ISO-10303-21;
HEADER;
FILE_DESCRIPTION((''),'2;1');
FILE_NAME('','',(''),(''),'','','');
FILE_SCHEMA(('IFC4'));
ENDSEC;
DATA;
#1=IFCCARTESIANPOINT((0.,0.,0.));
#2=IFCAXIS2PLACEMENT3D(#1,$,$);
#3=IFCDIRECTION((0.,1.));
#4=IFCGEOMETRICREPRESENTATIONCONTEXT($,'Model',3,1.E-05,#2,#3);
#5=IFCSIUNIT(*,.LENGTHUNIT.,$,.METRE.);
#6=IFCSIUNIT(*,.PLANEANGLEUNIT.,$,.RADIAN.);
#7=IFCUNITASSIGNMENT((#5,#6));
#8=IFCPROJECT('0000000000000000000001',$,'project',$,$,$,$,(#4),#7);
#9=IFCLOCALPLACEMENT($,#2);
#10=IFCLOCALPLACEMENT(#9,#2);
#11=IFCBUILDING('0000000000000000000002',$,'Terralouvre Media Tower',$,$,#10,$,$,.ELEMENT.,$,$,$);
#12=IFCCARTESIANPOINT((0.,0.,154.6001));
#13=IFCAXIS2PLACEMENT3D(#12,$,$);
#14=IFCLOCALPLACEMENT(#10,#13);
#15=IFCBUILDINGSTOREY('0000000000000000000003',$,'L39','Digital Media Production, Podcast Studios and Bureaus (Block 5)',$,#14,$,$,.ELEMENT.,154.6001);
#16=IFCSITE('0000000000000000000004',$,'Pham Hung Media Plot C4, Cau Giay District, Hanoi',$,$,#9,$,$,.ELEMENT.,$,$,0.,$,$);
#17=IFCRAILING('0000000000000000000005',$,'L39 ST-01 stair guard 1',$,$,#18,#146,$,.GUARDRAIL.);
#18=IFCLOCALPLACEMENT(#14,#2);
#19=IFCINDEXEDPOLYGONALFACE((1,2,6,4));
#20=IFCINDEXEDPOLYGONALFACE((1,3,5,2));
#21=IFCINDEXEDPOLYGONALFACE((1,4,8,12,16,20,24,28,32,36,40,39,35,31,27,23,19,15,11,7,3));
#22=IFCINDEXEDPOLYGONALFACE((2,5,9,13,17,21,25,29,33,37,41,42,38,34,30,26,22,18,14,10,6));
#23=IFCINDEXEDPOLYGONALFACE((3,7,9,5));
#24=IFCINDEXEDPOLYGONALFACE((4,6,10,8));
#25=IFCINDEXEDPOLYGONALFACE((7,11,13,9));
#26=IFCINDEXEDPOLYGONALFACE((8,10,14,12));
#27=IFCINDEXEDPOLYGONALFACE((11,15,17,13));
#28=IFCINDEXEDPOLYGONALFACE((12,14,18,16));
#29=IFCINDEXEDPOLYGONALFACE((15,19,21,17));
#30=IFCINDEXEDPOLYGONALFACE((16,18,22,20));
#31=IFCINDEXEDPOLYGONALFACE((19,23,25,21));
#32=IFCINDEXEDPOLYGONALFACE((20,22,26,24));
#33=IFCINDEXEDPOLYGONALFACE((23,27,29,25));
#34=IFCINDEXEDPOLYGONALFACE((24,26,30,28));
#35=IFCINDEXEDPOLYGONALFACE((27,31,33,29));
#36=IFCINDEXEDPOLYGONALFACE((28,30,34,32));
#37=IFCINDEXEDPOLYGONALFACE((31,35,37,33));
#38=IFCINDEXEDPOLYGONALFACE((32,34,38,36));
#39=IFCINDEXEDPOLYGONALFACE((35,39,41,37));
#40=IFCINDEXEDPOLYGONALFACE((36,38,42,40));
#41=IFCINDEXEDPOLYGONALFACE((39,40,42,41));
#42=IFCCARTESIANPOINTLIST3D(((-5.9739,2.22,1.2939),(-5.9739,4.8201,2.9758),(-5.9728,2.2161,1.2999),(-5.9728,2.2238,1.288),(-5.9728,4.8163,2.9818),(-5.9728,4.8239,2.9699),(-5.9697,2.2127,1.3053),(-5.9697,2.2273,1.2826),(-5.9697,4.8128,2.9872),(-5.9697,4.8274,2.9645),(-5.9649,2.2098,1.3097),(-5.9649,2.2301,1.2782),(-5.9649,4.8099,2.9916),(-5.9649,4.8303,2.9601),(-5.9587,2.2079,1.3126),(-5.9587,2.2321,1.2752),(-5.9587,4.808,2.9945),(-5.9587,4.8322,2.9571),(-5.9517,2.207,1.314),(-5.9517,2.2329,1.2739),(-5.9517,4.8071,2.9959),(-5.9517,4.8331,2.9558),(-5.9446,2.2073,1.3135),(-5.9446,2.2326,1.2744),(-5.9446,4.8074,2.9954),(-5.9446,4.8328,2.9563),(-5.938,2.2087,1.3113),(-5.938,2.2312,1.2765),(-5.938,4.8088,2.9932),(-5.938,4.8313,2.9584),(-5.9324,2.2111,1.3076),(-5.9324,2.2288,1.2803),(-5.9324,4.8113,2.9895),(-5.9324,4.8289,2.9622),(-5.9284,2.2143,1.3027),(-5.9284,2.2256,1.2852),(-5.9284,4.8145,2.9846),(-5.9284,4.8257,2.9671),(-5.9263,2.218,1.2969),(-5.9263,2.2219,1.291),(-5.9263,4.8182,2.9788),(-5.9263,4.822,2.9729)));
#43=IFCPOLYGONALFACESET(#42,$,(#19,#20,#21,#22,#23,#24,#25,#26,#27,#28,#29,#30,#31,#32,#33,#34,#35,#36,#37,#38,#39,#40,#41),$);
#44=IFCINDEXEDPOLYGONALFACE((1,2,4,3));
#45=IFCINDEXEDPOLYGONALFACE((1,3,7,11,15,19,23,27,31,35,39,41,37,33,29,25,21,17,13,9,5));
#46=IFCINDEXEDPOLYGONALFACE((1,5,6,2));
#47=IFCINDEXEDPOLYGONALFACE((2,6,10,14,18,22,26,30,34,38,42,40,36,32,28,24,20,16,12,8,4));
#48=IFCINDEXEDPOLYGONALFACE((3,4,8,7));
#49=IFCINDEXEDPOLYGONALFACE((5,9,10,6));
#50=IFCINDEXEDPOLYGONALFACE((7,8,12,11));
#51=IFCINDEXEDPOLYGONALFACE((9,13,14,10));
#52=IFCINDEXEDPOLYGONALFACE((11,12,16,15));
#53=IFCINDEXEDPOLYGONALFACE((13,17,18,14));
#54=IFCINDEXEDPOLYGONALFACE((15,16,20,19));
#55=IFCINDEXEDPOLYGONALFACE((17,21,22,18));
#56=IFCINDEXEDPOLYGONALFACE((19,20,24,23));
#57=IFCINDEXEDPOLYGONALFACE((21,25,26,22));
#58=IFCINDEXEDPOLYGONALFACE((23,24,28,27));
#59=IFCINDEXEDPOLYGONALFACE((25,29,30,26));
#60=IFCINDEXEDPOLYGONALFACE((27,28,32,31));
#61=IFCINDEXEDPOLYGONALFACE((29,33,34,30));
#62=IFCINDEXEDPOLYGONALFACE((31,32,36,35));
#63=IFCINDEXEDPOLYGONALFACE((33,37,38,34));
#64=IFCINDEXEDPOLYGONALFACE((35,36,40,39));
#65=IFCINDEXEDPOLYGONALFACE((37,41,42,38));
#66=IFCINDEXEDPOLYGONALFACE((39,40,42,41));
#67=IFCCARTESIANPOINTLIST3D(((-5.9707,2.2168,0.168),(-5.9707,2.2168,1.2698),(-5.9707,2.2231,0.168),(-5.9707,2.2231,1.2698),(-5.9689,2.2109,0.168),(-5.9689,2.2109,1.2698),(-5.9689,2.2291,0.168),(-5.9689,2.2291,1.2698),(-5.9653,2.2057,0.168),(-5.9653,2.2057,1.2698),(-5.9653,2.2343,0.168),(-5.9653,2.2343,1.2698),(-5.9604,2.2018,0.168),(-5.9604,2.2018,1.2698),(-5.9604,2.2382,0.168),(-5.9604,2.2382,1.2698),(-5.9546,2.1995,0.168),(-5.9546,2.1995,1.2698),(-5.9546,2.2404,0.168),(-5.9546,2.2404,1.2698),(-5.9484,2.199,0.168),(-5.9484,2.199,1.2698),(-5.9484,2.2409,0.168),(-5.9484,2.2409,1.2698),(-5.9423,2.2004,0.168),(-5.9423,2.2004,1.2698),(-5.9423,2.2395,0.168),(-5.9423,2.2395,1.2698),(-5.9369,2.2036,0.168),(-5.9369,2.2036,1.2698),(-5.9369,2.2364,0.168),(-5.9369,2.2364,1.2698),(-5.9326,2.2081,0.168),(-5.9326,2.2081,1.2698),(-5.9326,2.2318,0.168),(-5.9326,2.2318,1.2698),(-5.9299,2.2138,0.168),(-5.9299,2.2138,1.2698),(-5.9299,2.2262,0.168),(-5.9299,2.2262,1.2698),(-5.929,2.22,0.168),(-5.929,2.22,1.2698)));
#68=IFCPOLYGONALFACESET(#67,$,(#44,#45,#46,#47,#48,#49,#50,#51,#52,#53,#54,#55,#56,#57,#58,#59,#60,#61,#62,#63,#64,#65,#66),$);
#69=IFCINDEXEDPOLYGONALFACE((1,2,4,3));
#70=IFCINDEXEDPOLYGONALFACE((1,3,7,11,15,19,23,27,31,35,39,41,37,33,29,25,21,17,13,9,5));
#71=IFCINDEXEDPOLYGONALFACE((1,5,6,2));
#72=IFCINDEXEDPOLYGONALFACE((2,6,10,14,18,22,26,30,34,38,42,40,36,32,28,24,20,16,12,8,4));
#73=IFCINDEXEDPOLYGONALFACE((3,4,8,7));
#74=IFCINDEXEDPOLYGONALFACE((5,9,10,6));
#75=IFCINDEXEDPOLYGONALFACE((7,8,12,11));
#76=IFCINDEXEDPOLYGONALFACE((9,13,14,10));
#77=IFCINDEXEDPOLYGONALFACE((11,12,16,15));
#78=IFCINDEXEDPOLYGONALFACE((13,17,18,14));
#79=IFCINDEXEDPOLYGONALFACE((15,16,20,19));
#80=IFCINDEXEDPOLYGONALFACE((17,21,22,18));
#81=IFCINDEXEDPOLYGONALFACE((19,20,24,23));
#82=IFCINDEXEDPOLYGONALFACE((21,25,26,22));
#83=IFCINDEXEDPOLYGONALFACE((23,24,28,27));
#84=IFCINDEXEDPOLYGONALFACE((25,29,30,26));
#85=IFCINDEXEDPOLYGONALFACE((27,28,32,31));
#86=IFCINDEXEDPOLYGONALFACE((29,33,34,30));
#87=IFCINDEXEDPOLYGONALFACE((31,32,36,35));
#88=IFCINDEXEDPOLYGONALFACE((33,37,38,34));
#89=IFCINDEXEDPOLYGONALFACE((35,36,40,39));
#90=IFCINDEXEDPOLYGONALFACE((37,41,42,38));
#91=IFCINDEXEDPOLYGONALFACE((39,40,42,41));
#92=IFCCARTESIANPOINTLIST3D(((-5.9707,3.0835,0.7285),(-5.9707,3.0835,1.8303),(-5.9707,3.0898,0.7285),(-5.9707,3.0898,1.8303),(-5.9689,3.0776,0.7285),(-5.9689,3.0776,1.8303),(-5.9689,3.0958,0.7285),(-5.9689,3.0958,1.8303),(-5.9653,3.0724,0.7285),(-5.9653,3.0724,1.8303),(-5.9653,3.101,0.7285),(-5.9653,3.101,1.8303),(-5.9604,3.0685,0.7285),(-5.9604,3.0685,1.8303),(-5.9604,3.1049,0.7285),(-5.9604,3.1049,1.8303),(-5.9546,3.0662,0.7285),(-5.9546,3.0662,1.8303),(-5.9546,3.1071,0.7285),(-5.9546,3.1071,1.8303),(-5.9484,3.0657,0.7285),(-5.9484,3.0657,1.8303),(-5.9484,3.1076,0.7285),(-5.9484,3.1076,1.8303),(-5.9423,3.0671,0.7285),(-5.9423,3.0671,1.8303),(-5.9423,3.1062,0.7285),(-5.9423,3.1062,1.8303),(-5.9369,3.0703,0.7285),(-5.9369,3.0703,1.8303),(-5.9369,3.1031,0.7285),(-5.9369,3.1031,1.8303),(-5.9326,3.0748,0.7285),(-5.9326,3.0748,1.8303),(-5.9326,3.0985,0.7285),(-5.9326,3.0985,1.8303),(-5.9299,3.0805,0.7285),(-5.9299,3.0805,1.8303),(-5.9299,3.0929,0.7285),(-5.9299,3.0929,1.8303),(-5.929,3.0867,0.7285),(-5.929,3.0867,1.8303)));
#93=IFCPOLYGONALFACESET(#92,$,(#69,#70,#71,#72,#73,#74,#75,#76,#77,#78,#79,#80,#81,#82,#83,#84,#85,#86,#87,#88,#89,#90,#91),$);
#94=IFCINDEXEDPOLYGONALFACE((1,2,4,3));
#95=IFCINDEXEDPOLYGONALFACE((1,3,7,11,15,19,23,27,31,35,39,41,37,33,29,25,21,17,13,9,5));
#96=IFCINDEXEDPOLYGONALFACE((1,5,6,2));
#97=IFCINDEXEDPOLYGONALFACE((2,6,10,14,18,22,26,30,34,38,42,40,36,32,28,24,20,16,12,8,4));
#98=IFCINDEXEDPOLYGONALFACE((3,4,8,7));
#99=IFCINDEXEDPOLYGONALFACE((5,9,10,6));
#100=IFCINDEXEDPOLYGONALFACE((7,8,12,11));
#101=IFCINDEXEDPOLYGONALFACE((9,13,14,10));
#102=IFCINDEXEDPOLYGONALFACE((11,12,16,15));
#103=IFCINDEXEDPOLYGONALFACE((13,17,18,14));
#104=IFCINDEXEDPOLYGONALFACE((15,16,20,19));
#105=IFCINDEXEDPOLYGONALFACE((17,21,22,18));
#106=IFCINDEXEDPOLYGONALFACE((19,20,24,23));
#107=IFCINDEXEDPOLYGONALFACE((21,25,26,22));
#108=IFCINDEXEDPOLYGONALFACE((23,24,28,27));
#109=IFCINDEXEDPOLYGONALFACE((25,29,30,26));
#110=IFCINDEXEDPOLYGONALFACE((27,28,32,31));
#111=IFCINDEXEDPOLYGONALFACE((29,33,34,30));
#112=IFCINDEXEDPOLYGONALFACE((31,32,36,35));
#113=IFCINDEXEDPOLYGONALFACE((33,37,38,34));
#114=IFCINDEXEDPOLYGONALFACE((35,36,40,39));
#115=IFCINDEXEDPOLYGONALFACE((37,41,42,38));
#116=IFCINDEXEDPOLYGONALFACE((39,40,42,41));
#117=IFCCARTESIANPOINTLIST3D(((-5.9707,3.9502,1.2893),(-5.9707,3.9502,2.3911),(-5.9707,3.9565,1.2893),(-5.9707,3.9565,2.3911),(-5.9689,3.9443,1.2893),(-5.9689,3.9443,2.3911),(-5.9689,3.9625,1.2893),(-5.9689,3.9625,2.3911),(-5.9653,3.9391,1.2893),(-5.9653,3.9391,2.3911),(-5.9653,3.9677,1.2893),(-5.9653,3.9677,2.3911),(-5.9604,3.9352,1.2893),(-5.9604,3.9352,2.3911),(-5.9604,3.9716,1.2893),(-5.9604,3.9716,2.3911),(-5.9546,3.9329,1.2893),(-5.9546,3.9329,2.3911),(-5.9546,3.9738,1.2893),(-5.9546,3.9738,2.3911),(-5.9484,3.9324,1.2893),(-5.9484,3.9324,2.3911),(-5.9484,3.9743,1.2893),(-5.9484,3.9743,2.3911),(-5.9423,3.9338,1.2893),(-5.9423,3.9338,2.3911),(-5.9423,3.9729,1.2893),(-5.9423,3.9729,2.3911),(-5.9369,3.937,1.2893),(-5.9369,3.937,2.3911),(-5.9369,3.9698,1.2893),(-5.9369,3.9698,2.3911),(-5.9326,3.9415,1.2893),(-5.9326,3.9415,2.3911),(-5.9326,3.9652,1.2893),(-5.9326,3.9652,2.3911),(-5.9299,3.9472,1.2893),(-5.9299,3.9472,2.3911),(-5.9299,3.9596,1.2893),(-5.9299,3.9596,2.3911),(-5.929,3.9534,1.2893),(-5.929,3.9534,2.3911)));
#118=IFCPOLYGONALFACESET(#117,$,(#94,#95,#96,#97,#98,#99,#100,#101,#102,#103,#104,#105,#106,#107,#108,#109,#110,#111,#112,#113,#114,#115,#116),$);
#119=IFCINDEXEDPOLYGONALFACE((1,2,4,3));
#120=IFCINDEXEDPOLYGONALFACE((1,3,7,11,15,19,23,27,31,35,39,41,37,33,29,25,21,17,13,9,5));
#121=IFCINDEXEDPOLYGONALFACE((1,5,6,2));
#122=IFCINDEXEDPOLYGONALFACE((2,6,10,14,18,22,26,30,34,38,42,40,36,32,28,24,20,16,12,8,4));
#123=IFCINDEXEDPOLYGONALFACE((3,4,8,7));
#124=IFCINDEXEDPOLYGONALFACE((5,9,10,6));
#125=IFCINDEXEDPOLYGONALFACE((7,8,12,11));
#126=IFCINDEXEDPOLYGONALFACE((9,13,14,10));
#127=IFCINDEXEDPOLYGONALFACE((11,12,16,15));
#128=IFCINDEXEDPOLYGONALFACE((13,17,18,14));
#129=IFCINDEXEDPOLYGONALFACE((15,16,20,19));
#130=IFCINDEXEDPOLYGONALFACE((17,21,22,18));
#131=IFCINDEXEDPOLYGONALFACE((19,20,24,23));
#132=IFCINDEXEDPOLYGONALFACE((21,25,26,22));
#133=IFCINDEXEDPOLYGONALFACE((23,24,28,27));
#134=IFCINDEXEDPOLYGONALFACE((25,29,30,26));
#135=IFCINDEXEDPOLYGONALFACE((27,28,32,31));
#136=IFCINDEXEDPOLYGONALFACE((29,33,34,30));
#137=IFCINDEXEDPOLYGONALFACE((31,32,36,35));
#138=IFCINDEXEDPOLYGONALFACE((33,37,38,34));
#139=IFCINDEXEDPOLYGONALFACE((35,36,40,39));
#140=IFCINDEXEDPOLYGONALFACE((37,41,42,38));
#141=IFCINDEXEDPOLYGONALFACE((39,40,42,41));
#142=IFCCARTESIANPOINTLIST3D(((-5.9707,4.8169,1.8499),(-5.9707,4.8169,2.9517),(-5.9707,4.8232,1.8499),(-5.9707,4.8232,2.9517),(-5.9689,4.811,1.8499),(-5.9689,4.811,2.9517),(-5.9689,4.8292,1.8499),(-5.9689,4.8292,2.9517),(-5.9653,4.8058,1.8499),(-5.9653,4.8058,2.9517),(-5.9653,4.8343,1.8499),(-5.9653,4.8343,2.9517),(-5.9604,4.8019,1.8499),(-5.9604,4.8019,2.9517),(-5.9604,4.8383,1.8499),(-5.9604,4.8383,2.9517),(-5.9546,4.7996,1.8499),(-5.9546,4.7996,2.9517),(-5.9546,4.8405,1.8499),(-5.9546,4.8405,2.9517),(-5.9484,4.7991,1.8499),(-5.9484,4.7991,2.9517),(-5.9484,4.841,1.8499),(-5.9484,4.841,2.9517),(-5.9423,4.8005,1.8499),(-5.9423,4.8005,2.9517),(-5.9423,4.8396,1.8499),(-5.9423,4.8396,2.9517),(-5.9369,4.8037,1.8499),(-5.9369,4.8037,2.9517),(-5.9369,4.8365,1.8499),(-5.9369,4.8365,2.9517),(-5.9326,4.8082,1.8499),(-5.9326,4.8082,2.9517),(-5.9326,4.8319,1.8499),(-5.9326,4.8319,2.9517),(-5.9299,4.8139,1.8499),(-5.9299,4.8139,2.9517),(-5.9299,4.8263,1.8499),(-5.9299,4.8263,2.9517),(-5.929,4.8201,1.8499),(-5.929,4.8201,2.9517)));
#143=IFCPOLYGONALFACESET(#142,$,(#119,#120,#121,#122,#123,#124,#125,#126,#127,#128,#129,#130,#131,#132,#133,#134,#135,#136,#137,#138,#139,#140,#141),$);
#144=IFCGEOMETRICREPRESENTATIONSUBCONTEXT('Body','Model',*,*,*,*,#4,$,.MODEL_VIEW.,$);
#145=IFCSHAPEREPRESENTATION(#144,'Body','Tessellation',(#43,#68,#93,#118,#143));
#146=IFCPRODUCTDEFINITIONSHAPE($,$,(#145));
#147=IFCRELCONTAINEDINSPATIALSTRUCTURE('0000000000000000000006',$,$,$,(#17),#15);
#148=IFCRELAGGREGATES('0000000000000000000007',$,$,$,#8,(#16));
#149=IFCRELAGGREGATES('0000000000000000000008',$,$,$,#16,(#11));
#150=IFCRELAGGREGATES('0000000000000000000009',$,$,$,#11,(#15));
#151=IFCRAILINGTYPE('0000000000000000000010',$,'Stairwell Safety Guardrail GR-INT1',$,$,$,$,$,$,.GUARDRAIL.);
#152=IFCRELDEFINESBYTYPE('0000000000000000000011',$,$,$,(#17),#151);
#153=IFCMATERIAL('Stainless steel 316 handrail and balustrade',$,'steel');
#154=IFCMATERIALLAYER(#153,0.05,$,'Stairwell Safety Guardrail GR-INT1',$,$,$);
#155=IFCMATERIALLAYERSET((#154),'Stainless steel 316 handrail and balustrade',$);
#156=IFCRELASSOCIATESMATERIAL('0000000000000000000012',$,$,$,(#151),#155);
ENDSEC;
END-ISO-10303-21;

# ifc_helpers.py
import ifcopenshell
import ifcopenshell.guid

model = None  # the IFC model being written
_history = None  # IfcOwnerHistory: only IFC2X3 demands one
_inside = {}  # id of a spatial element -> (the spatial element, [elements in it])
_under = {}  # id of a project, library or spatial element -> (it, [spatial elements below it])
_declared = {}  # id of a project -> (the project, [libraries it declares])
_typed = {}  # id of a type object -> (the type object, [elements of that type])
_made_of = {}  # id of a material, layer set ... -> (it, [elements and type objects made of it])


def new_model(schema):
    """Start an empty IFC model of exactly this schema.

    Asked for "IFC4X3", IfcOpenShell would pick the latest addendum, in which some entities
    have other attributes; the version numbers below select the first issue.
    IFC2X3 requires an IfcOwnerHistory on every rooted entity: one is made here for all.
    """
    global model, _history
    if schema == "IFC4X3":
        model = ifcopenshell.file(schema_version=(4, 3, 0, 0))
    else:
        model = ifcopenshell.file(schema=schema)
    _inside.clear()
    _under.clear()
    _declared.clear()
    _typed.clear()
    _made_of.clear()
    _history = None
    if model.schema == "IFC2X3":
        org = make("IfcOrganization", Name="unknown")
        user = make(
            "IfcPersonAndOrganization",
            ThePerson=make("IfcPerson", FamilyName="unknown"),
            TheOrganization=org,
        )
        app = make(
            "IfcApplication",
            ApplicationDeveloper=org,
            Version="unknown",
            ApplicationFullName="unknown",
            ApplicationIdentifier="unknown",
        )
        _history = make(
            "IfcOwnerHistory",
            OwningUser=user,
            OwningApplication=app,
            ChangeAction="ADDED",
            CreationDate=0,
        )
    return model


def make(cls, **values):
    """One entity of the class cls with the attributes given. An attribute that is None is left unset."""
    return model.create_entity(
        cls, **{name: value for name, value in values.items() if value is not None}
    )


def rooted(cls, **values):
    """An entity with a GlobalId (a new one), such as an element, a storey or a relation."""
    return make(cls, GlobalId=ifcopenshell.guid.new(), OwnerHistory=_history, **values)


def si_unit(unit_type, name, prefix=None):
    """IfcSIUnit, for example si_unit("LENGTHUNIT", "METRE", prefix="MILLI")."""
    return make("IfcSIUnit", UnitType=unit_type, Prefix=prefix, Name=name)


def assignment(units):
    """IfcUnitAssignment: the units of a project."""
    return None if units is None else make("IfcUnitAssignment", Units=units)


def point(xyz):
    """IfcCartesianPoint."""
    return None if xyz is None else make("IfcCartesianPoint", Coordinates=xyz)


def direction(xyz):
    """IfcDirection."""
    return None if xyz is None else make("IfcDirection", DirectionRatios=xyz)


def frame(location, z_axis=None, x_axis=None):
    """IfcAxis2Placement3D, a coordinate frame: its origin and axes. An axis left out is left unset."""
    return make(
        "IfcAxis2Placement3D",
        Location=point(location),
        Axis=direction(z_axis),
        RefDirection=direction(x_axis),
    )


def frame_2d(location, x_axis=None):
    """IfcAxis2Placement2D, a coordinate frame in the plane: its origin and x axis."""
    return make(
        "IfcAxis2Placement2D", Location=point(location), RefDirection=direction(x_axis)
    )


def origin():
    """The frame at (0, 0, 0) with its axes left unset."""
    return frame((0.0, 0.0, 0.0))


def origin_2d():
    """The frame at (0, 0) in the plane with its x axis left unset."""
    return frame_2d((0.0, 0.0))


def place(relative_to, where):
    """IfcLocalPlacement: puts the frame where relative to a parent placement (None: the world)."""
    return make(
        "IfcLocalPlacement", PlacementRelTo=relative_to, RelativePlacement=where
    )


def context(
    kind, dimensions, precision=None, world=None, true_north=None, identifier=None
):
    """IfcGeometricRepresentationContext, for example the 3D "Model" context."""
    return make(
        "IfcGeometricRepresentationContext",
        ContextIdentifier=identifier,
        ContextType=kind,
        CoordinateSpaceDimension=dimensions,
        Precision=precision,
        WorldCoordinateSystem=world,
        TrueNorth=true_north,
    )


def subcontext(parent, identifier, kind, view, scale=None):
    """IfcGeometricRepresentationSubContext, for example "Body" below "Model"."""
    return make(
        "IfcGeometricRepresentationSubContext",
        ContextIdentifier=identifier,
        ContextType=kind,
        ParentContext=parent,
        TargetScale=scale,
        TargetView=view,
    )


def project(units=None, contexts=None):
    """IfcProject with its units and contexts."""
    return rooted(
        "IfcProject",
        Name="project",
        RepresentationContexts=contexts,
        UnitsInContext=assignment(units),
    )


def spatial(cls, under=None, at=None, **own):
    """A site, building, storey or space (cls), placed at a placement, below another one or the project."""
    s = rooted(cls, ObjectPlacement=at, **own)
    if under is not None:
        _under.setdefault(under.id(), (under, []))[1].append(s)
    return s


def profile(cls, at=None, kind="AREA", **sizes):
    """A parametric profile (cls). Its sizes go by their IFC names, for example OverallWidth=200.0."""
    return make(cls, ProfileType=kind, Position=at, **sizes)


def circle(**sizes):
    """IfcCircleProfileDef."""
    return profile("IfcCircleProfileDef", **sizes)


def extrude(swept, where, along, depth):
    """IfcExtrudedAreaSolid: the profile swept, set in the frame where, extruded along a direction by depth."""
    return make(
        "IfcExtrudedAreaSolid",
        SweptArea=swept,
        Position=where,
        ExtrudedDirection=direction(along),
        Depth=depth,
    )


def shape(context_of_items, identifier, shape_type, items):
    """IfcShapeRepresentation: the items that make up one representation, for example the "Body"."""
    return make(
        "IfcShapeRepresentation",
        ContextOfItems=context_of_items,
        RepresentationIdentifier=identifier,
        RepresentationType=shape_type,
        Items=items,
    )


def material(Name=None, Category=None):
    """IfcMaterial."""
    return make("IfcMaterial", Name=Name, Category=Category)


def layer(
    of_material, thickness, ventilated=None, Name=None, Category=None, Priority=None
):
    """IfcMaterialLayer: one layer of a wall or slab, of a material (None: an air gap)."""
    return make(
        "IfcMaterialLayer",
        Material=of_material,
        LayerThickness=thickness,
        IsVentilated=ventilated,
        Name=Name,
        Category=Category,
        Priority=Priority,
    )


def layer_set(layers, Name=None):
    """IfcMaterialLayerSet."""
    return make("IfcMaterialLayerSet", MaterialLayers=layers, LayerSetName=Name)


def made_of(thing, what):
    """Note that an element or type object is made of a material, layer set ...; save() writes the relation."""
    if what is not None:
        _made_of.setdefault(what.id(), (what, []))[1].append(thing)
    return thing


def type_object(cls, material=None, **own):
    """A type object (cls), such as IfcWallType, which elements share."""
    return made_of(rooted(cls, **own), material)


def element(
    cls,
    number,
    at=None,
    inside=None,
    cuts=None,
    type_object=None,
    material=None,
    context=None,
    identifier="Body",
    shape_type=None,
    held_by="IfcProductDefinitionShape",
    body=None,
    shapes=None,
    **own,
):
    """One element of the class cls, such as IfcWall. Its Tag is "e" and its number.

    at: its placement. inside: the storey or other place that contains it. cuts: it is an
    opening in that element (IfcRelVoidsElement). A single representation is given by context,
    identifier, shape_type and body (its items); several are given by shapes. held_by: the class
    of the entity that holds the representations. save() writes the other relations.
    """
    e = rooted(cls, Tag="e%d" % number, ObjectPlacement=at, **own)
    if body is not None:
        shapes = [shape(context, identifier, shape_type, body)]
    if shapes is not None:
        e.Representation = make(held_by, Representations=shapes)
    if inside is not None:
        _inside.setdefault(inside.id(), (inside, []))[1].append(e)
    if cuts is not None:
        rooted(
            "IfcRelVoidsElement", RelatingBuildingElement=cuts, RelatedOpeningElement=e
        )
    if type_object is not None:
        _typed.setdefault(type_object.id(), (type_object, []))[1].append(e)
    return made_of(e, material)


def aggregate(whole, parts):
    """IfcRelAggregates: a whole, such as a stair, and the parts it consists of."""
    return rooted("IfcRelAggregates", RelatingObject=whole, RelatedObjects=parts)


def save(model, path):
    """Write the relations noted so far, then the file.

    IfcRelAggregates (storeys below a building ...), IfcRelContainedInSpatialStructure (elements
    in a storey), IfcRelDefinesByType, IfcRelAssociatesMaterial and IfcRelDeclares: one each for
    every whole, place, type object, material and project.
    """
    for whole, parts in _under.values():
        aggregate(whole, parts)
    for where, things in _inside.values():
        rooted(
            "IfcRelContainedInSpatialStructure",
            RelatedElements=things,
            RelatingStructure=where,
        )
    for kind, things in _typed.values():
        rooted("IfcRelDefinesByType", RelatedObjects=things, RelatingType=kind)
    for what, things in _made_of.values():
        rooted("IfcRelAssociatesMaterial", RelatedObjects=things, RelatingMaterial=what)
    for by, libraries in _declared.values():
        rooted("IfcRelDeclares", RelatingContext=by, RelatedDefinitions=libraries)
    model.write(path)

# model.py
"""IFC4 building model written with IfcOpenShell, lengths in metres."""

from ifc_helpers import new_model, si_unit, direction, frame, origin, origin_2d, place, context, subcontext, project, spatial, circle, extrude, material, layer, layer_set, type_object, element, save


model = new_model("IFC4")

# Units and contexts
model_context = context("Model", 3, precision=1e-05, world=origin(), true_north=direction((0.0, 1.0)))
body_context = subcontext(model_context, "Body", "Model", "MODEL_VIEW")
ifc_project = project(units=[si_unit("LENGTHUNIT", "METRE"), si_unit("PLANEANGLEUNIT", "RADIAN")], contexts=[model_context])

# Site, building, storey
site_placement = place(None, origin())
site = spatial("IfcSite", under=ifc_project, at=site_placement, Name="Pham Hung Media Plot C4, Cau Giay District, Hanoi", CompositionType="ELEMENT", RefElevation=0.0)
building_placement = place(site_placement, origin())
building = spatial("IfcBuilding", under=site, at=building_placement, Name="Terralouvre Media Tower", CompositionType="ELEMENT")
storey_placement = place(building_placement, frame((0.0, 0.0, 154.6001)))
storey = spatial("IfcBuildingStorey", under=building, at=storey_placement, Name="L39", Description="Digital Media Production, Podcast Studios and Bureaus (Block 5)", CompositionType="ELEMENT", Elevation=154.6001)

# Railing
ifc_material_1 = material(Name="Stainless steel 316 handrail and balustrade", Category="steel")
ifc_layer_1 = layer(ifc_material_1, 0.05, Name="Stairwell Safety Guardrail GR-INT1")
ifc_layer_set_1 = layer_set([ifc_layer_1], Name="Stainless steel 316 handrail and balustrade")
railing_type_1 = type_object("IfcRailingType", Name="Stairwell Safety Guardrail GR-INT1", PredefinedType="GUARDRAIL", material=ifc_layer_set_1)
railing_1_placement = place(storey_placement, frame((-5.95, 2.22, 0.168)))
element("IfcRailing", 1, at=railing_1_placement, inside=storey, type_object=railing_type_1, Name="L39 ST-01 stair guard 1", PredefinedType="GUARDRAIL", context=body_context, shape_type="SweptSolid", body=[
    extrude(circle(Radius=0.0239, at=origin_2d()), frame((0.0, 0.0, 1.126), z_axis=(0.0, 0.839648, 0.54313), x_axis=(-1.0, 0.0, 0.0)), (0.0, 0.0, 1.0), 3.0967),
    extrude(circle(Radius=0.021, at=origin_2d()), origin(), (0.0, 0.0, 1.0), 1.1018),
    extrude(circle(Radius=0.021, at=origin_2d()), frame((0.0, 0.8667, 0.5605)), (0.0, 0.0, 1.0), 1.1018),
    extrude(circle(Radius=0.021, at=origin_2d()), frame((0.0, 1.7334, 1.1213)), (0.0, 0.0, 1.0), 1.1018),
    extrude(circle(Radius=0.021, at=origin_2d()), frame((0.0, 2.6001, 1.6819)), (0.0, 0.0, 1.0), 1.1018),
])

save(model, "model.ifc")
